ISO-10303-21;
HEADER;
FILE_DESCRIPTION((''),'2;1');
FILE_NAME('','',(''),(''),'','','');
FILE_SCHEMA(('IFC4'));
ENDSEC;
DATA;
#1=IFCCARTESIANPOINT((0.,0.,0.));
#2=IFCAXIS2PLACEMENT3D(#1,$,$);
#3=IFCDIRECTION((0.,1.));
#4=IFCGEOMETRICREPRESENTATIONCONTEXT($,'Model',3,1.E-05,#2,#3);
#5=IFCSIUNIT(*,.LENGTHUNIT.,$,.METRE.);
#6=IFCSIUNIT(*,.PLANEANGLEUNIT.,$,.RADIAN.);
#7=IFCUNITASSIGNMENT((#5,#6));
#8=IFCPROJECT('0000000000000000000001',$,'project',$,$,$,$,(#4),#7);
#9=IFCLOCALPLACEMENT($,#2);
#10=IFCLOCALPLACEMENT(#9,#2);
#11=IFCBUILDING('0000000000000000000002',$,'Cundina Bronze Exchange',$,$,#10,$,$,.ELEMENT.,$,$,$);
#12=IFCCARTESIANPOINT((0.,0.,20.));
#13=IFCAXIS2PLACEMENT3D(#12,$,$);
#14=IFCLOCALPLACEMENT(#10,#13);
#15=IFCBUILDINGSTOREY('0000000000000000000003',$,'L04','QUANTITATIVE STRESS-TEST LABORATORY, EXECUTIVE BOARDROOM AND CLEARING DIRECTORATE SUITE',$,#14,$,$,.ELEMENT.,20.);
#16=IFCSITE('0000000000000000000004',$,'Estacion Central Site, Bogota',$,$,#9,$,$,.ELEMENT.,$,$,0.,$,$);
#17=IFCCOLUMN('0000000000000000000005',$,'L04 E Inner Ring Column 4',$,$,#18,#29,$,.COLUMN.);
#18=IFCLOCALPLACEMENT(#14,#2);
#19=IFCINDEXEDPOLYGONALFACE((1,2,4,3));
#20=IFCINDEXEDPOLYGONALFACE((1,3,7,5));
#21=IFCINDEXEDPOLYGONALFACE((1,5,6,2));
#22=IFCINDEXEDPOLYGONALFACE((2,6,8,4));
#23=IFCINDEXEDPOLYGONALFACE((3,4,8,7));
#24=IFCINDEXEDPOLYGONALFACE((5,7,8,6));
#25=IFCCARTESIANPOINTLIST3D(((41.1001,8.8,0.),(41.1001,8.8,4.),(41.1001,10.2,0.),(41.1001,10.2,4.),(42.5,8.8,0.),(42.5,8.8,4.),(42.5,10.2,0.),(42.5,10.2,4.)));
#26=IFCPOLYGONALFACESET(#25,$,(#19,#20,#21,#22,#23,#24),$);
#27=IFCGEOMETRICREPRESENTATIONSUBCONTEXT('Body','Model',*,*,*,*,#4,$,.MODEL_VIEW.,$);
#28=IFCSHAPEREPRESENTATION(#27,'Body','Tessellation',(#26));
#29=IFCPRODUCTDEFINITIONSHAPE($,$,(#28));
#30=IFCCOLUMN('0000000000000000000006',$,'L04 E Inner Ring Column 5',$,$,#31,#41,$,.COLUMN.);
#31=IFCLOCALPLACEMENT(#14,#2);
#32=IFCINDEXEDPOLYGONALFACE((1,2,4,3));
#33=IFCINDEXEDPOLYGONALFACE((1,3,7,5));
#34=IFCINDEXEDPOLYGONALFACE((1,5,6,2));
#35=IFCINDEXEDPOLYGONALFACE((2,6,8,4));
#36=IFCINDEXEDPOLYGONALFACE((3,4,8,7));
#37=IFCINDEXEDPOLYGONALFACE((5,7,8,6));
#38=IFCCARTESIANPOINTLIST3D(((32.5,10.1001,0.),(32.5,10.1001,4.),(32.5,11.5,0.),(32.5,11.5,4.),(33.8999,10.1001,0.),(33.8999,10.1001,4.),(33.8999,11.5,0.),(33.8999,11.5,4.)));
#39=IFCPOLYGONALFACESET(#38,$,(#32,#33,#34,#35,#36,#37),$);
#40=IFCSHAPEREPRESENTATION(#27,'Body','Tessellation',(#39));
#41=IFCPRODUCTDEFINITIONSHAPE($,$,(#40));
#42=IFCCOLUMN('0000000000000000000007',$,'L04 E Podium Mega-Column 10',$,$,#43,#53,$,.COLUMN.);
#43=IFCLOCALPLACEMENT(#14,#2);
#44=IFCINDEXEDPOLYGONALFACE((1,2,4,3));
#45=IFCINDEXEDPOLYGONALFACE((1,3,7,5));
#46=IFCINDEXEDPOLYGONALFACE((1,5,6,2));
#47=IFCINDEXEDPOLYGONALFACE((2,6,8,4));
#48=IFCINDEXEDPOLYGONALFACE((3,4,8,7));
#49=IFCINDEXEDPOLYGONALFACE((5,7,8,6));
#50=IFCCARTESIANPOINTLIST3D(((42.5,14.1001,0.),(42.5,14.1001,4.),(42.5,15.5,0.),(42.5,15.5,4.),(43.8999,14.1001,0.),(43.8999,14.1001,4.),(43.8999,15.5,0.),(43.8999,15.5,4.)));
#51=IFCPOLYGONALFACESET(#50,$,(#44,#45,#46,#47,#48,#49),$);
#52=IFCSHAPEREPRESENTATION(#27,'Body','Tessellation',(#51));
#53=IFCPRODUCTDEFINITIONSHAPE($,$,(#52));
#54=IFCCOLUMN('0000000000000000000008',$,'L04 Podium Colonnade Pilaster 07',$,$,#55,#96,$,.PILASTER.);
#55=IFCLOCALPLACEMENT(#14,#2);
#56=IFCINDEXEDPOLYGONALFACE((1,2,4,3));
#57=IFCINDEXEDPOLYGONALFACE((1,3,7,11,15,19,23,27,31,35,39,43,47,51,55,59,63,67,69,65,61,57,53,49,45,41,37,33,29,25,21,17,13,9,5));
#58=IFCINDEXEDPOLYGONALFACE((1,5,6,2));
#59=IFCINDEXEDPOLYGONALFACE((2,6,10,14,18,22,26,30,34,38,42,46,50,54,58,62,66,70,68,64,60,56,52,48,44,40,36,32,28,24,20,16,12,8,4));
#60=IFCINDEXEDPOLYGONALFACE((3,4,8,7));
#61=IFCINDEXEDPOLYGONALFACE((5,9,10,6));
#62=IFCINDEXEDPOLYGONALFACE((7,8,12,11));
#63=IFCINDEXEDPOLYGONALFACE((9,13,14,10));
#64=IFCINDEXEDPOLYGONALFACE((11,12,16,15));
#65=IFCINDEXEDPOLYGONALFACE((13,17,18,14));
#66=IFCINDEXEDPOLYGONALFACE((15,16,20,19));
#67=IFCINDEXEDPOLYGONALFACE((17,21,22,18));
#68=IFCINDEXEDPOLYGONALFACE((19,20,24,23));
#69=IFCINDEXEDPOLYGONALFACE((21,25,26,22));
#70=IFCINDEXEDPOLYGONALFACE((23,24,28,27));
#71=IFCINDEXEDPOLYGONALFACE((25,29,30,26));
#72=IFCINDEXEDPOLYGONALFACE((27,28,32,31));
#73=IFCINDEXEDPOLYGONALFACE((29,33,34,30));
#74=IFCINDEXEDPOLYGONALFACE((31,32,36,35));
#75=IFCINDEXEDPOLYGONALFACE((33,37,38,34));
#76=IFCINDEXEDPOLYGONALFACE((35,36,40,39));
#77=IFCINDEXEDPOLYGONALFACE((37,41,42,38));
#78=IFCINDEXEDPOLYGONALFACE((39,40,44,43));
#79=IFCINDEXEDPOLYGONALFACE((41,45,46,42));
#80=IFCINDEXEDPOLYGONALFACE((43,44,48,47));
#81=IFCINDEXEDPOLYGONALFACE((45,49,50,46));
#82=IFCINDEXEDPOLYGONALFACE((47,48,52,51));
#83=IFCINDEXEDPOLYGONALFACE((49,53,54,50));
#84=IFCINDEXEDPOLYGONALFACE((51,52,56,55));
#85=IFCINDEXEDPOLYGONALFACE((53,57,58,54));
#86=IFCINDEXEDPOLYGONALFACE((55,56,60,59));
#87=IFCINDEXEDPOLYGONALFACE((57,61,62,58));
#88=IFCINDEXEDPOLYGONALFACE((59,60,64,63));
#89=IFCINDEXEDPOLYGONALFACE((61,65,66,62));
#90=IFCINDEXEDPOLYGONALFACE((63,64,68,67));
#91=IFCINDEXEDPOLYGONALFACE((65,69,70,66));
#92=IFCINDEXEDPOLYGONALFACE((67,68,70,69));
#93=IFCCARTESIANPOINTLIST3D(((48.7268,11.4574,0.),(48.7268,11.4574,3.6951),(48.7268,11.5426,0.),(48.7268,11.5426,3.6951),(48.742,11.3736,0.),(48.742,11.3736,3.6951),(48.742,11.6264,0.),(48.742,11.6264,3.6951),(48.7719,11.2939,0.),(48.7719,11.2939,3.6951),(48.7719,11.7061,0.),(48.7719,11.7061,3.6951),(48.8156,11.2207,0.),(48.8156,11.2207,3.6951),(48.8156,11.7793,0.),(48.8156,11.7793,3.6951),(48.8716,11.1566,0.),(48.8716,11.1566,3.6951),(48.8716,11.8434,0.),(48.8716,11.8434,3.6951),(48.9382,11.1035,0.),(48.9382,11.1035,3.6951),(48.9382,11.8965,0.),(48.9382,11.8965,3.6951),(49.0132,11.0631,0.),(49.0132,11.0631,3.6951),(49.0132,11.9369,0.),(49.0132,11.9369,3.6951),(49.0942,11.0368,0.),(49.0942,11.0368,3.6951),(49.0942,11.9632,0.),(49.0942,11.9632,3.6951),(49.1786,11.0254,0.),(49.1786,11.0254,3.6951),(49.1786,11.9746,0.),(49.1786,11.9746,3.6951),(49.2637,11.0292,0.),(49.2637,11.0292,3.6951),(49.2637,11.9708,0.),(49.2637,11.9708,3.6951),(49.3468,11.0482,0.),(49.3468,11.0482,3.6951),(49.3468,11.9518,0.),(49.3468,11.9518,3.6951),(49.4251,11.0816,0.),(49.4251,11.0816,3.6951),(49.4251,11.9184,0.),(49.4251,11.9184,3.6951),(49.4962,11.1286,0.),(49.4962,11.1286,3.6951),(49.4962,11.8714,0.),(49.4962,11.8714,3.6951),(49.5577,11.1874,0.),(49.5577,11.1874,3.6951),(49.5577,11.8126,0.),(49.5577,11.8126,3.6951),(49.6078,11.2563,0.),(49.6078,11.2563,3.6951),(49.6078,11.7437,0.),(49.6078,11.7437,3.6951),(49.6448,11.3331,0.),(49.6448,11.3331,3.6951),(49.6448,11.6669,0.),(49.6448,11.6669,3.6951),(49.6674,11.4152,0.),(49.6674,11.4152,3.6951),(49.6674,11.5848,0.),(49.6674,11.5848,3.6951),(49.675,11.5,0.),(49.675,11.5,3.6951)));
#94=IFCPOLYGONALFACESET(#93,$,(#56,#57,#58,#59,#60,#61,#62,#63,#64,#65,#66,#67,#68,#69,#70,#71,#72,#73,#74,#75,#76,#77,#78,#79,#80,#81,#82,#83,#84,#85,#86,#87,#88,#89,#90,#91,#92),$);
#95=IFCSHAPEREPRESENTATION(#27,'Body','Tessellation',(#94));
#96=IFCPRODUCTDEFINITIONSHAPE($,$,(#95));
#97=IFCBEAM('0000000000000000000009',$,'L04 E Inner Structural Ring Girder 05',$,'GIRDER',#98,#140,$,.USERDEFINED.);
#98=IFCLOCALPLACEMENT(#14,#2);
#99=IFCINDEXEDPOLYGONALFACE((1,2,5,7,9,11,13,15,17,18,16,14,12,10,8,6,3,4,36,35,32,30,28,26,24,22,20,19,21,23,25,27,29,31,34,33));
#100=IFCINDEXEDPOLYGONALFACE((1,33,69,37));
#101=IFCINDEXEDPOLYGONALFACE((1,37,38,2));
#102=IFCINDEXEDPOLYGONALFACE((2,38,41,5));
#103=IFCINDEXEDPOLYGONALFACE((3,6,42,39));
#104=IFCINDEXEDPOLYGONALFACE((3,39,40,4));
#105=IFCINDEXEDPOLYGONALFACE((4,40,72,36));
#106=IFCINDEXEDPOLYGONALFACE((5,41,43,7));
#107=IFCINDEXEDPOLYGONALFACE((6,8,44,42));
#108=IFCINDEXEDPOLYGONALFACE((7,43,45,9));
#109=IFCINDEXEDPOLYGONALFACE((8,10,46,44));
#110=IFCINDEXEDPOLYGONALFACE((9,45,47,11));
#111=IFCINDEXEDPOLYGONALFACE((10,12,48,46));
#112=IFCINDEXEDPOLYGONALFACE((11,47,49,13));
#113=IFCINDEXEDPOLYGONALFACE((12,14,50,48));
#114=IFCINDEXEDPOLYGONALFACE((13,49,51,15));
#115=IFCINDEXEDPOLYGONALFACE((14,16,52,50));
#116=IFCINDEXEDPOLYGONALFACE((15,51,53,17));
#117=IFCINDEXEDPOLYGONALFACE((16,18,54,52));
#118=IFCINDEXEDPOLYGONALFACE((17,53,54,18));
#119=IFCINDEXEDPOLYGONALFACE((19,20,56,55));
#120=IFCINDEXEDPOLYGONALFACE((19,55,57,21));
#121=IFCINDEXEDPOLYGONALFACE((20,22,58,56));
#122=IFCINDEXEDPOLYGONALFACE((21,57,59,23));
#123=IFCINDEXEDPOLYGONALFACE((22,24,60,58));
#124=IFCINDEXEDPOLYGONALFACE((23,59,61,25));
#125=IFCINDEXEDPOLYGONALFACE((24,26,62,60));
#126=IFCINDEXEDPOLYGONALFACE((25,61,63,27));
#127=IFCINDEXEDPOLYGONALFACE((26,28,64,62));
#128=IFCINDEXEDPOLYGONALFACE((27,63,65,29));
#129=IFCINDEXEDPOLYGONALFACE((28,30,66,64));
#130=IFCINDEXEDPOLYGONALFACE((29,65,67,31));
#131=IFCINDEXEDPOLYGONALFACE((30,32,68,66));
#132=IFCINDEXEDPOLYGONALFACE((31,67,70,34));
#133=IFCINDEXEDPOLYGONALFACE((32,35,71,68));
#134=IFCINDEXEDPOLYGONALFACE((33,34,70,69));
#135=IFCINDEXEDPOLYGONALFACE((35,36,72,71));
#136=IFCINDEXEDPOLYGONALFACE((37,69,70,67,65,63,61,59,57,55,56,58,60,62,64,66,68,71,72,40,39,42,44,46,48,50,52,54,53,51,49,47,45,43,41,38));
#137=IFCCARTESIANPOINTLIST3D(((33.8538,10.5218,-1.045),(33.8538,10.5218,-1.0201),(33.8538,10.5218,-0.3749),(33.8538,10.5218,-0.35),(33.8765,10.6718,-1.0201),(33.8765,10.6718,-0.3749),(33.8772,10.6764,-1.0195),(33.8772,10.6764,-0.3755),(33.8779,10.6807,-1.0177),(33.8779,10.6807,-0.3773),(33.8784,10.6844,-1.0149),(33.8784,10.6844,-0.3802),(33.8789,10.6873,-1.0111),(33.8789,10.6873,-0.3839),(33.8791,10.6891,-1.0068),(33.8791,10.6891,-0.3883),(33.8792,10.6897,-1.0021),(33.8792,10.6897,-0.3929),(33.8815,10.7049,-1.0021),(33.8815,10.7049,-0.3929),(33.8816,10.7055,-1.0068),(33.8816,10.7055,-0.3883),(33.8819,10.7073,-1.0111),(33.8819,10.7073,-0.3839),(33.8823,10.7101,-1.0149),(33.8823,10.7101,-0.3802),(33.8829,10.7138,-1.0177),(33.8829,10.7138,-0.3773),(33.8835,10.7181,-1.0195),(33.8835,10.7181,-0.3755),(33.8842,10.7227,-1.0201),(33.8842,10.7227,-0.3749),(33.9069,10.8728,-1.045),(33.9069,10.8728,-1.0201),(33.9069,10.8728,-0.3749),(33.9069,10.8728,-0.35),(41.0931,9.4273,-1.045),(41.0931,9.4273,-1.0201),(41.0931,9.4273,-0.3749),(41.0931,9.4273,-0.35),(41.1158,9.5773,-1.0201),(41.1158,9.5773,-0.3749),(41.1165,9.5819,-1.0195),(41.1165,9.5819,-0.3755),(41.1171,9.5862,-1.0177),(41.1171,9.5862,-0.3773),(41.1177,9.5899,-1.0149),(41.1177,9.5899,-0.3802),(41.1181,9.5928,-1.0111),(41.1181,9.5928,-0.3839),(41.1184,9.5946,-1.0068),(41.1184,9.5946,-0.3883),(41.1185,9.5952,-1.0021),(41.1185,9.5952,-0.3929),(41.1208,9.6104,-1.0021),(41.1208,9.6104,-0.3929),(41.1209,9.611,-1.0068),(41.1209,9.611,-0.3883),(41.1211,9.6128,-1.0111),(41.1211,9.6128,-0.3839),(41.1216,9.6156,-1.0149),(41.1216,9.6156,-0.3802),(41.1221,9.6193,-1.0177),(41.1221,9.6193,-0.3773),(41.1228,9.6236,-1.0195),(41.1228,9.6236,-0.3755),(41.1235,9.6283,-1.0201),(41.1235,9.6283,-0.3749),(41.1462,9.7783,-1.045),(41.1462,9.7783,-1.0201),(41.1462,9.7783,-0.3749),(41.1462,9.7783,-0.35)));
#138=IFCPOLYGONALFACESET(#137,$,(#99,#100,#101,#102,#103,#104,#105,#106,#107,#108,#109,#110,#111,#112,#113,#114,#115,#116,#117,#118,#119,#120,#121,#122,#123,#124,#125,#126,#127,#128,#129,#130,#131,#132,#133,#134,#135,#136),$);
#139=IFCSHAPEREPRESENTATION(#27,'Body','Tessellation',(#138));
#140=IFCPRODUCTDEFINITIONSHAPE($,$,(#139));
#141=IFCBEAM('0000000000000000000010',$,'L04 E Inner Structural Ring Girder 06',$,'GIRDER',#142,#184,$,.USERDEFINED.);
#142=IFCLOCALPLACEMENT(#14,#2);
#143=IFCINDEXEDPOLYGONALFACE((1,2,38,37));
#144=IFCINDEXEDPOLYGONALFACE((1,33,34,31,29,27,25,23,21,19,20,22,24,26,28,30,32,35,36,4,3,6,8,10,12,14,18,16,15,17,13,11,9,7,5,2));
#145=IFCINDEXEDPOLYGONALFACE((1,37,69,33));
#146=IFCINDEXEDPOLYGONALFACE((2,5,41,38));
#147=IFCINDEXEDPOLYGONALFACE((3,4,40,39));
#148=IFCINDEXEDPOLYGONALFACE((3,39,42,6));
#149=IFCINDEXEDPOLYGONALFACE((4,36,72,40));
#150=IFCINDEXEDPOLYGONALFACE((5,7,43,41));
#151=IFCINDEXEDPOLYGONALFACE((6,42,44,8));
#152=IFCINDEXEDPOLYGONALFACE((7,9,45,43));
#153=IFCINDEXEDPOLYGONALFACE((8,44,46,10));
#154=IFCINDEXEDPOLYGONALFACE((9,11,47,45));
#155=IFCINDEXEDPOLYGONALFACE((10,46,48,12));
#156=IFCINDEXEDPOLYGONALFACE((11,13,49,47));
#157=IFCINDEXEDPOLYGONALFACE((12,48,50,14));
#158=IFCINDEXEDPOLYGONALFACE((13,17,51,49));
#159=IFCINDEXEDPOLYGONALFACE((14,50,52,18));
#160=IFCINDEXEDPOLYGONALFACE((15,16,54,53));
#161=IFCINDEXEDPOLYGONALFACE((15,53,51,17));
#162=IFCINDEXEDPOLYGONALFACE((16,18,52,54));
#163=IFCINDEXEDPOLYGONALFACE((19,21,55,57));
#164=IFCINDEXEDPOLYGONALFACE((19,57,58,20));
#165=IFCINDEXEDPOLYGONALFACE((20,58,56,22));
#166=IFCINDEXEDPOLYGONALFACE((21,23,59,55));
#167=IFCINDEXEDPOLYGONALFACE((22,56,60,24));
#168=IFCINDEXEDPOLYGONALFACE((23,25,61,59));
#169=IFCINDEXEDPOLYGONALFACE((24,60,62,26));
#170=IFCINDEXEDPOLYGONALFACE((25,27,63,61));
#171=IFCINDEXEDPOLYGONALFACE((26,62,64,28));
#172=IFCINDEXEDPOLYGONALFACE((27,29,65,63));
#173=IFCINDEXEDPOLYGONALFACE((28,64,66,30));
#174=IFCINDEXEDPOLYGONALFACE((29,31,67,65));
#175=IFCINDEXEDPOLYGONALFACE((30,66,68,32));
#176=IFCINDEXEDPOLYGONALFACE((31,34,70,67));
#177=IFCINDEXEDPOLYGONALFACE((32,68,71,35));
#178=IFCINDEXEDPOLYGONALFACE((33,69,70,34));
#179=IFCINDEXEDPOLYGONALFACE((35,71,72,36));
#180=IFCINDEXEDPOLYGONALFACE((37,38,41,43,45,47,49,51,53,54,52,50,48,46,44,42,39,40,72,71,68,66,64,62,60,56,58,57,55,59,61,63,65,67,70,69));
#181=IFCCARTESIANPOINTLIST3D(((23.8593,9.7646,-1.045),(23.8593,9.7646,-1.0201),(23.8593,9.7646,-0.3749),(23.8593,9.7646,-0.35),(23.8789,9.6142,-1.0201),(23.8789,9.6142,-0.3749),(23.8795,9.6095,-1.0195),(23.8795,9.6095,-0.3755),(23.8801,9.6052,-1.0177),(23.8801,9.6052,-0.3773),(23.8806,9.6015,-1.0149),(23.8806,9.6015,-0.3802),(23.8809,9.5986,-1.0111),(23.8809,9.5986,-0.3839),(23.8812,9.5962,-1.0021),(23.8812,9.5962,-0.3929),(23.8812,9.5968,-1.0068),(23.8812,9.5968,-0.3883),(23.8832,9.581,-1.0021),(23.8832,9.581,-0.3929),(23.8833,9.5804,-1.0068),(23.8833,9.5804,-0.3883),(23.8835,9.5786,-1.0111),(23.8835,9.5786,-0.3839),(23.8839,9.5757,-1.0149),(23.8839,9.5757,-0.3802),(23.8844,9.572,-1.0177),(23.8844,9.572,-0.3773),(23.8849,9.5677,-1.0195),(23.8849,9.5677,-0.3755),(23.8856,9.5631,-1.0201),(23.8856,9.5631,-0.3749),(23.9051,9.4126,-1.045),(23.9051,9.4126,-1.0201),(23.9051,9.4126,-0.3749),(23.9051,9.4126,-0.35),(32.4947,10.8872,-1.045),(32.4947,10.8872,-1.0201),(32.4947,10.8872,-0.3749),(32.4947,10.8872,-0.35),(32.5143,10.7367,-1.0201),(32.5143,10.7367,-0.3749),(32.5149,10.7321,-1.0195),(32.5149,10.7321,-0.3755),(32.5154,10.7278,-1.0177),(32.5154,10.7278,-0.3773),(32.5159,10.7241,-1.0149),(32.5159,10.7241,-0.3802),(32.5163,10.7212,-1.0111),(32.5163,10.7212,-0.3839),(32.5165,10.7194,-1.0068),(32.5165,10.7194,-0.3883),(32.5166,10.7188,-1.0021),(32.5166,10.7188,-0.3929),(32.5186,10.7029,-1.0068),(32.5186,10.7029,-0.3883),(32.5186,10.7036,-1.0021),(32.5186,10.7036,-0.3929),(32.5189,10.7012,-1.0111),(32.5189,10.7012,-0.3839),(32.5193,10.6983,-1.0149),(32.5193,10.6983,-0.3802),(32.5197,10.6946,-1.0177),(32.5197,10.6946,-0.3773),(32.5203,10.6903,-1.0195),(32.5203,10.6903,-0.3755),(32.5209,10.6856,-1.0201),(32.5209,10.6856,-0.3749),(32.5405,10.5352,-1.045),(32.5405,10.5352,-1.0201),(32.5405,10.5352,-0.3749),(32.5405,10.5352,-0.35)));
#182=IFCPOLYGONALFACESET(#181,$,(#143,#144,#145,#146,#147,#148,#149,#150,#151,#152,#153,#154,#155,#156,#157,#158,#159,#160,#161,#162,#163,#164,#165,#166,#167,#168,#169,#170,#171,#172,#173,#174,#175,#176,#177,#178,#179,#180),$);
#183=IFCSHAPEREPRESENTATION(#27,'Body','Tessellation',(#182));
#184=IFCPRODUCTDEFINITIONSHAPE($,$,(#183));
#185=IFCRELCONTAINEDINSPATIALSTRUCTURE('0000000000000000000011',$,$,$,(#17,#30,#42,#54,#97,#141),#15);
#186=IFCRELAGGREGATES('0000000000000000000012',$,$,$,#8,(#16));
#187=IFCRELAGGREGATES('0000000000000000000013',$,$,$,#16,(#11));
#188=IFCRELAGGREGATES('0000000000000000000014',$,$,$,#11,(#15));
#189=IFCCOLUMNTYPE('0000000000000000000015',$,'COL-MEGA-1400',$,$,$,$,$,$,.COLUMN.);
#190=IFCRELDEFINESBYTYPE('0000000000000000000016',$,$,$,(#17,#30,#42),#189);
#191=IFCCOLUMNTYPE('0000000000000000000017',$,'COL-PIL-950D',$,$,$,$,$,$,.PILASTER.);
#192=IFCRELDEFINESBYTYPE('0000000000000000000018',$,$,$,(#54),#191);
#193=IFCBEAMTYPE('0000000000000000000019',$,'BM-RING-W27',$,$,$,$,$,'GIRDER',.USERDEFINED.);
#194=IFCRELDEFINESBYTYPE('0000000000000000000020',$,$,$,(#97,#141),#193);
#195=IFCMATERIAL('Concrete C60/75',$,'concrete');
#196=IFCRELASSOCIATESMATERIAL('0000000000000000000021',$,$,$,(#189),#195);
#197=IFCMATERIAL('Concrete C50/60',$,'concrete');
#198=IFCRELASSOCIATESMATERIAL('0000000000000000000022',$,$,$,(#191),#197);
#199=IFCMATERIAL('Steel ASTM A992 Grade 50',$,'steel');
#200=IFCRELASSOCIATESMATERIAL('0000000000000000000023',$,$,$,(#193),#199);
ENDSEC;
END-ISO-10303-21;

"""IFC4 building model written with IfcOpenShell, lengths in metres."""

from ifc_helpers import new_model, si_unit, direction, frame, origin, origin_2d, place, context, subcontext, project, spatial, rectangle, circle, i_section, extrude, material, material_profile, profile_set, type_object, element, save


model = new_model("IFC4")

# Units and contexts
model_context = context("Model", 3, precision=1e-05, world=origin(), true_north=direction((0.0, 1.0)))
body_context = subcontext(model_context, "Body", "Model", "MODEL_VIEW")
ifc_project = project(units=[si_unit("LENGTHUNIT", "METRE"), si_unit("PLANEANGLEUNIT", "RADIAN")], contexts=[model_context])

# Site, building, storey
site_placement = place(None, origin())
site = spatial("IfcSite", under=ifc_project, at=site_placement, Name="Estacion Central Site, Bogota", CompositionType="ELEMENT", RefElevation=0.0)
building_placement = place(site_placement, origin())
building = spatial("IfcBuilding", under=site, at=building_placement, Name="Cundina Bronze Exchange", CompositionType="ELEMENT")
storey_placement = place(building_placement, frame((0.0, 0.0, 20.0)))
storey = spatial("IfcBuildingStorey", under=building, at=storey_placement, Name="L04", Description="QUANTITATIVE STRESS-TEST LABORATORY, EXECUTIVE BOARDROOM AND CLEARING DIRECTORATE SUITE", CompositionType="ELEMENT", Elevation=20.0)

# Columns
ifc_material_1 = material(Name="Concrete C60/75", Category="concrete")
ifc_material_profile_1 = material_profile(ifc_material_1, rectangle(XDim=1.3999, YDim=1.3999, at=origin_2d()), Name="RC1400X1400", Category="concrete")
ifc_profile_set_1 = profile_set([ifc_material_profile_1], Name="Concrete C60/75")
column_type_1 = type_object("IfcColumnType", Name="COL-MEGA-1400", PredefinedType="COLUMN", material=ifc_profile_set_1)
for number, where, z_axis, x_axis, name in (
    (1, (41.8, 9.5, 0.0), (0.0, 0.0, 1.0), (1.0, 0.0, 0.0), "L04 E Inner Ring Column 4"),
    (2, (33.2, 10.8, 0.0), (0.0, 0.0, 1.0), (1.0, 0.0, 0.0), "L04 E Inner Ring Column 5"),
    (3, (43.2, 14.8, 0.0), (0.0, 0.0, 1.0), (1.0, 0.0, 0.0), "L04 E Podium Mega-Column 10"),
):
    element("IfcColumn", number, at=place(storey_placement, frame(where, z_axis=z_axis, x_axis=x_axis)), inside=storey, type_object=column_type_1, Name=name, PredefinedType="COLUMN", context=body_context, shape_type="SweptSolid", body=[
        extrude(rectangle(XDim=1.3999, YDim=1.3999, at=origin_2d()), origin(), (0.0, 0.0, 1.0), 4.0),
    ])
ifc_material_2 = material(Name="Concrete C50/60", Category="concrete")
ifc_material_profile_2 = material_profile(ifc_material_2, circle(Radius=0.4751, at=origin_2d()), Name="RC950D", Category="concrete")
ifc_profile_set_2 = profile_set([ifc_material_profile_2], Name="Concrete C50/60")
column_type_2 = type_object("IfcColumnType", Name="COL-PIL-950D", PredefinedType="PILASTER", material=ifc_profile_set_2)
column_placement = place(storey_placement, frame((49.2, 11.5, 0.0), z_axis=(0.0, 0.0, 1.0), x_axis=(1.0, 0.0, 0.0)))
element("IfcColumn", 4, at=column_placement, inside=storey, type_object=column_type_2, Name="L04 Podium Colonnade Pilaster 07", PredefinedType="PILASTER", context=body_context, shape_type="SweptSolid", body=[
    extrude(circle(Radius=0.4751, at=origin_2d()), origin(), (0.0, 0.0, 1.0), 3.6951),
])

# Beams
ifc_material_3 = material(Name="Steel ASTM A992 Grade 50", Category="steel")
ifc_material_profile_3 = material_profile(ifc_material_3, i_section(OverallWidth=0.355, OverallDepth=0.6951, WebThickness=0.0154, FlangeThickness=0.0249, FilletRadius=0.0181, at=origin_2d()), Name="W27X146", Category="steel")
ifc_profile_set_3 = profile_set([ifc_material_profile_3], Name="Steel ASTM A992 Grade 50")
beam_type_1 = type_object("IfcBeamType", Name="BM-RING-W27", ElementType="GIRDER", PredefinedType="USERDEFINED", material=ifc_profile_set_3)
beam_1_placement = place(storey_placement, frame((41.1196, 9.6028, -0.6975), z_axis=(-0.988763, 0.149488, 0.0), x_axis=(-0.149488, -0.988763, 0.0)))
element("IfcBeam", 5, at=beam_1_placement, inside=storey, type_object=beam_type_1, Name="L04 E Inner Structural Ring Girder 05", ObjectType="GIRDER", PredefinedType="USERDEFINED", context=body_context, shape_type="SweptSolid", body=[
    extrude(i_section(OverallWidth=0.355, OverallDepth=0.6951, WebThickness=0.0154, FlangeThickness=0.0249, FilletRadius=0.0181, at=origin_2d()), origin(), (0.0, 0.0, 1.0), 7.3215),
])
beam_2_placement = place(storey_placement, frame((32.5176, 10.7112, -0.6975), z_axis=(-0.991656, -0.128912, 0.0), x_axis=(0.128912, -0.991656, 0.0)))
element("IfcBeam", 6, at=beam_2_placement, inside=storey, type_object=beam_type_1, Name="L04 E Inner Structural Ring Girder 06", ObjectType="GIRDER", PredefinedType="USERDEFINED", context=body_context, shape_type="SweptSolid", body=[
    extrude(i_section(OverallWidth=0.355, OverallDepth=0.6951, WebThickness=0.0154, FlangeThickness=0.0249, FilletRadius=0.0181, at=origin_2d()), origin(), (0.0, 0.0, 1.0), 8.708),
])

save(model, "model.ifc")
